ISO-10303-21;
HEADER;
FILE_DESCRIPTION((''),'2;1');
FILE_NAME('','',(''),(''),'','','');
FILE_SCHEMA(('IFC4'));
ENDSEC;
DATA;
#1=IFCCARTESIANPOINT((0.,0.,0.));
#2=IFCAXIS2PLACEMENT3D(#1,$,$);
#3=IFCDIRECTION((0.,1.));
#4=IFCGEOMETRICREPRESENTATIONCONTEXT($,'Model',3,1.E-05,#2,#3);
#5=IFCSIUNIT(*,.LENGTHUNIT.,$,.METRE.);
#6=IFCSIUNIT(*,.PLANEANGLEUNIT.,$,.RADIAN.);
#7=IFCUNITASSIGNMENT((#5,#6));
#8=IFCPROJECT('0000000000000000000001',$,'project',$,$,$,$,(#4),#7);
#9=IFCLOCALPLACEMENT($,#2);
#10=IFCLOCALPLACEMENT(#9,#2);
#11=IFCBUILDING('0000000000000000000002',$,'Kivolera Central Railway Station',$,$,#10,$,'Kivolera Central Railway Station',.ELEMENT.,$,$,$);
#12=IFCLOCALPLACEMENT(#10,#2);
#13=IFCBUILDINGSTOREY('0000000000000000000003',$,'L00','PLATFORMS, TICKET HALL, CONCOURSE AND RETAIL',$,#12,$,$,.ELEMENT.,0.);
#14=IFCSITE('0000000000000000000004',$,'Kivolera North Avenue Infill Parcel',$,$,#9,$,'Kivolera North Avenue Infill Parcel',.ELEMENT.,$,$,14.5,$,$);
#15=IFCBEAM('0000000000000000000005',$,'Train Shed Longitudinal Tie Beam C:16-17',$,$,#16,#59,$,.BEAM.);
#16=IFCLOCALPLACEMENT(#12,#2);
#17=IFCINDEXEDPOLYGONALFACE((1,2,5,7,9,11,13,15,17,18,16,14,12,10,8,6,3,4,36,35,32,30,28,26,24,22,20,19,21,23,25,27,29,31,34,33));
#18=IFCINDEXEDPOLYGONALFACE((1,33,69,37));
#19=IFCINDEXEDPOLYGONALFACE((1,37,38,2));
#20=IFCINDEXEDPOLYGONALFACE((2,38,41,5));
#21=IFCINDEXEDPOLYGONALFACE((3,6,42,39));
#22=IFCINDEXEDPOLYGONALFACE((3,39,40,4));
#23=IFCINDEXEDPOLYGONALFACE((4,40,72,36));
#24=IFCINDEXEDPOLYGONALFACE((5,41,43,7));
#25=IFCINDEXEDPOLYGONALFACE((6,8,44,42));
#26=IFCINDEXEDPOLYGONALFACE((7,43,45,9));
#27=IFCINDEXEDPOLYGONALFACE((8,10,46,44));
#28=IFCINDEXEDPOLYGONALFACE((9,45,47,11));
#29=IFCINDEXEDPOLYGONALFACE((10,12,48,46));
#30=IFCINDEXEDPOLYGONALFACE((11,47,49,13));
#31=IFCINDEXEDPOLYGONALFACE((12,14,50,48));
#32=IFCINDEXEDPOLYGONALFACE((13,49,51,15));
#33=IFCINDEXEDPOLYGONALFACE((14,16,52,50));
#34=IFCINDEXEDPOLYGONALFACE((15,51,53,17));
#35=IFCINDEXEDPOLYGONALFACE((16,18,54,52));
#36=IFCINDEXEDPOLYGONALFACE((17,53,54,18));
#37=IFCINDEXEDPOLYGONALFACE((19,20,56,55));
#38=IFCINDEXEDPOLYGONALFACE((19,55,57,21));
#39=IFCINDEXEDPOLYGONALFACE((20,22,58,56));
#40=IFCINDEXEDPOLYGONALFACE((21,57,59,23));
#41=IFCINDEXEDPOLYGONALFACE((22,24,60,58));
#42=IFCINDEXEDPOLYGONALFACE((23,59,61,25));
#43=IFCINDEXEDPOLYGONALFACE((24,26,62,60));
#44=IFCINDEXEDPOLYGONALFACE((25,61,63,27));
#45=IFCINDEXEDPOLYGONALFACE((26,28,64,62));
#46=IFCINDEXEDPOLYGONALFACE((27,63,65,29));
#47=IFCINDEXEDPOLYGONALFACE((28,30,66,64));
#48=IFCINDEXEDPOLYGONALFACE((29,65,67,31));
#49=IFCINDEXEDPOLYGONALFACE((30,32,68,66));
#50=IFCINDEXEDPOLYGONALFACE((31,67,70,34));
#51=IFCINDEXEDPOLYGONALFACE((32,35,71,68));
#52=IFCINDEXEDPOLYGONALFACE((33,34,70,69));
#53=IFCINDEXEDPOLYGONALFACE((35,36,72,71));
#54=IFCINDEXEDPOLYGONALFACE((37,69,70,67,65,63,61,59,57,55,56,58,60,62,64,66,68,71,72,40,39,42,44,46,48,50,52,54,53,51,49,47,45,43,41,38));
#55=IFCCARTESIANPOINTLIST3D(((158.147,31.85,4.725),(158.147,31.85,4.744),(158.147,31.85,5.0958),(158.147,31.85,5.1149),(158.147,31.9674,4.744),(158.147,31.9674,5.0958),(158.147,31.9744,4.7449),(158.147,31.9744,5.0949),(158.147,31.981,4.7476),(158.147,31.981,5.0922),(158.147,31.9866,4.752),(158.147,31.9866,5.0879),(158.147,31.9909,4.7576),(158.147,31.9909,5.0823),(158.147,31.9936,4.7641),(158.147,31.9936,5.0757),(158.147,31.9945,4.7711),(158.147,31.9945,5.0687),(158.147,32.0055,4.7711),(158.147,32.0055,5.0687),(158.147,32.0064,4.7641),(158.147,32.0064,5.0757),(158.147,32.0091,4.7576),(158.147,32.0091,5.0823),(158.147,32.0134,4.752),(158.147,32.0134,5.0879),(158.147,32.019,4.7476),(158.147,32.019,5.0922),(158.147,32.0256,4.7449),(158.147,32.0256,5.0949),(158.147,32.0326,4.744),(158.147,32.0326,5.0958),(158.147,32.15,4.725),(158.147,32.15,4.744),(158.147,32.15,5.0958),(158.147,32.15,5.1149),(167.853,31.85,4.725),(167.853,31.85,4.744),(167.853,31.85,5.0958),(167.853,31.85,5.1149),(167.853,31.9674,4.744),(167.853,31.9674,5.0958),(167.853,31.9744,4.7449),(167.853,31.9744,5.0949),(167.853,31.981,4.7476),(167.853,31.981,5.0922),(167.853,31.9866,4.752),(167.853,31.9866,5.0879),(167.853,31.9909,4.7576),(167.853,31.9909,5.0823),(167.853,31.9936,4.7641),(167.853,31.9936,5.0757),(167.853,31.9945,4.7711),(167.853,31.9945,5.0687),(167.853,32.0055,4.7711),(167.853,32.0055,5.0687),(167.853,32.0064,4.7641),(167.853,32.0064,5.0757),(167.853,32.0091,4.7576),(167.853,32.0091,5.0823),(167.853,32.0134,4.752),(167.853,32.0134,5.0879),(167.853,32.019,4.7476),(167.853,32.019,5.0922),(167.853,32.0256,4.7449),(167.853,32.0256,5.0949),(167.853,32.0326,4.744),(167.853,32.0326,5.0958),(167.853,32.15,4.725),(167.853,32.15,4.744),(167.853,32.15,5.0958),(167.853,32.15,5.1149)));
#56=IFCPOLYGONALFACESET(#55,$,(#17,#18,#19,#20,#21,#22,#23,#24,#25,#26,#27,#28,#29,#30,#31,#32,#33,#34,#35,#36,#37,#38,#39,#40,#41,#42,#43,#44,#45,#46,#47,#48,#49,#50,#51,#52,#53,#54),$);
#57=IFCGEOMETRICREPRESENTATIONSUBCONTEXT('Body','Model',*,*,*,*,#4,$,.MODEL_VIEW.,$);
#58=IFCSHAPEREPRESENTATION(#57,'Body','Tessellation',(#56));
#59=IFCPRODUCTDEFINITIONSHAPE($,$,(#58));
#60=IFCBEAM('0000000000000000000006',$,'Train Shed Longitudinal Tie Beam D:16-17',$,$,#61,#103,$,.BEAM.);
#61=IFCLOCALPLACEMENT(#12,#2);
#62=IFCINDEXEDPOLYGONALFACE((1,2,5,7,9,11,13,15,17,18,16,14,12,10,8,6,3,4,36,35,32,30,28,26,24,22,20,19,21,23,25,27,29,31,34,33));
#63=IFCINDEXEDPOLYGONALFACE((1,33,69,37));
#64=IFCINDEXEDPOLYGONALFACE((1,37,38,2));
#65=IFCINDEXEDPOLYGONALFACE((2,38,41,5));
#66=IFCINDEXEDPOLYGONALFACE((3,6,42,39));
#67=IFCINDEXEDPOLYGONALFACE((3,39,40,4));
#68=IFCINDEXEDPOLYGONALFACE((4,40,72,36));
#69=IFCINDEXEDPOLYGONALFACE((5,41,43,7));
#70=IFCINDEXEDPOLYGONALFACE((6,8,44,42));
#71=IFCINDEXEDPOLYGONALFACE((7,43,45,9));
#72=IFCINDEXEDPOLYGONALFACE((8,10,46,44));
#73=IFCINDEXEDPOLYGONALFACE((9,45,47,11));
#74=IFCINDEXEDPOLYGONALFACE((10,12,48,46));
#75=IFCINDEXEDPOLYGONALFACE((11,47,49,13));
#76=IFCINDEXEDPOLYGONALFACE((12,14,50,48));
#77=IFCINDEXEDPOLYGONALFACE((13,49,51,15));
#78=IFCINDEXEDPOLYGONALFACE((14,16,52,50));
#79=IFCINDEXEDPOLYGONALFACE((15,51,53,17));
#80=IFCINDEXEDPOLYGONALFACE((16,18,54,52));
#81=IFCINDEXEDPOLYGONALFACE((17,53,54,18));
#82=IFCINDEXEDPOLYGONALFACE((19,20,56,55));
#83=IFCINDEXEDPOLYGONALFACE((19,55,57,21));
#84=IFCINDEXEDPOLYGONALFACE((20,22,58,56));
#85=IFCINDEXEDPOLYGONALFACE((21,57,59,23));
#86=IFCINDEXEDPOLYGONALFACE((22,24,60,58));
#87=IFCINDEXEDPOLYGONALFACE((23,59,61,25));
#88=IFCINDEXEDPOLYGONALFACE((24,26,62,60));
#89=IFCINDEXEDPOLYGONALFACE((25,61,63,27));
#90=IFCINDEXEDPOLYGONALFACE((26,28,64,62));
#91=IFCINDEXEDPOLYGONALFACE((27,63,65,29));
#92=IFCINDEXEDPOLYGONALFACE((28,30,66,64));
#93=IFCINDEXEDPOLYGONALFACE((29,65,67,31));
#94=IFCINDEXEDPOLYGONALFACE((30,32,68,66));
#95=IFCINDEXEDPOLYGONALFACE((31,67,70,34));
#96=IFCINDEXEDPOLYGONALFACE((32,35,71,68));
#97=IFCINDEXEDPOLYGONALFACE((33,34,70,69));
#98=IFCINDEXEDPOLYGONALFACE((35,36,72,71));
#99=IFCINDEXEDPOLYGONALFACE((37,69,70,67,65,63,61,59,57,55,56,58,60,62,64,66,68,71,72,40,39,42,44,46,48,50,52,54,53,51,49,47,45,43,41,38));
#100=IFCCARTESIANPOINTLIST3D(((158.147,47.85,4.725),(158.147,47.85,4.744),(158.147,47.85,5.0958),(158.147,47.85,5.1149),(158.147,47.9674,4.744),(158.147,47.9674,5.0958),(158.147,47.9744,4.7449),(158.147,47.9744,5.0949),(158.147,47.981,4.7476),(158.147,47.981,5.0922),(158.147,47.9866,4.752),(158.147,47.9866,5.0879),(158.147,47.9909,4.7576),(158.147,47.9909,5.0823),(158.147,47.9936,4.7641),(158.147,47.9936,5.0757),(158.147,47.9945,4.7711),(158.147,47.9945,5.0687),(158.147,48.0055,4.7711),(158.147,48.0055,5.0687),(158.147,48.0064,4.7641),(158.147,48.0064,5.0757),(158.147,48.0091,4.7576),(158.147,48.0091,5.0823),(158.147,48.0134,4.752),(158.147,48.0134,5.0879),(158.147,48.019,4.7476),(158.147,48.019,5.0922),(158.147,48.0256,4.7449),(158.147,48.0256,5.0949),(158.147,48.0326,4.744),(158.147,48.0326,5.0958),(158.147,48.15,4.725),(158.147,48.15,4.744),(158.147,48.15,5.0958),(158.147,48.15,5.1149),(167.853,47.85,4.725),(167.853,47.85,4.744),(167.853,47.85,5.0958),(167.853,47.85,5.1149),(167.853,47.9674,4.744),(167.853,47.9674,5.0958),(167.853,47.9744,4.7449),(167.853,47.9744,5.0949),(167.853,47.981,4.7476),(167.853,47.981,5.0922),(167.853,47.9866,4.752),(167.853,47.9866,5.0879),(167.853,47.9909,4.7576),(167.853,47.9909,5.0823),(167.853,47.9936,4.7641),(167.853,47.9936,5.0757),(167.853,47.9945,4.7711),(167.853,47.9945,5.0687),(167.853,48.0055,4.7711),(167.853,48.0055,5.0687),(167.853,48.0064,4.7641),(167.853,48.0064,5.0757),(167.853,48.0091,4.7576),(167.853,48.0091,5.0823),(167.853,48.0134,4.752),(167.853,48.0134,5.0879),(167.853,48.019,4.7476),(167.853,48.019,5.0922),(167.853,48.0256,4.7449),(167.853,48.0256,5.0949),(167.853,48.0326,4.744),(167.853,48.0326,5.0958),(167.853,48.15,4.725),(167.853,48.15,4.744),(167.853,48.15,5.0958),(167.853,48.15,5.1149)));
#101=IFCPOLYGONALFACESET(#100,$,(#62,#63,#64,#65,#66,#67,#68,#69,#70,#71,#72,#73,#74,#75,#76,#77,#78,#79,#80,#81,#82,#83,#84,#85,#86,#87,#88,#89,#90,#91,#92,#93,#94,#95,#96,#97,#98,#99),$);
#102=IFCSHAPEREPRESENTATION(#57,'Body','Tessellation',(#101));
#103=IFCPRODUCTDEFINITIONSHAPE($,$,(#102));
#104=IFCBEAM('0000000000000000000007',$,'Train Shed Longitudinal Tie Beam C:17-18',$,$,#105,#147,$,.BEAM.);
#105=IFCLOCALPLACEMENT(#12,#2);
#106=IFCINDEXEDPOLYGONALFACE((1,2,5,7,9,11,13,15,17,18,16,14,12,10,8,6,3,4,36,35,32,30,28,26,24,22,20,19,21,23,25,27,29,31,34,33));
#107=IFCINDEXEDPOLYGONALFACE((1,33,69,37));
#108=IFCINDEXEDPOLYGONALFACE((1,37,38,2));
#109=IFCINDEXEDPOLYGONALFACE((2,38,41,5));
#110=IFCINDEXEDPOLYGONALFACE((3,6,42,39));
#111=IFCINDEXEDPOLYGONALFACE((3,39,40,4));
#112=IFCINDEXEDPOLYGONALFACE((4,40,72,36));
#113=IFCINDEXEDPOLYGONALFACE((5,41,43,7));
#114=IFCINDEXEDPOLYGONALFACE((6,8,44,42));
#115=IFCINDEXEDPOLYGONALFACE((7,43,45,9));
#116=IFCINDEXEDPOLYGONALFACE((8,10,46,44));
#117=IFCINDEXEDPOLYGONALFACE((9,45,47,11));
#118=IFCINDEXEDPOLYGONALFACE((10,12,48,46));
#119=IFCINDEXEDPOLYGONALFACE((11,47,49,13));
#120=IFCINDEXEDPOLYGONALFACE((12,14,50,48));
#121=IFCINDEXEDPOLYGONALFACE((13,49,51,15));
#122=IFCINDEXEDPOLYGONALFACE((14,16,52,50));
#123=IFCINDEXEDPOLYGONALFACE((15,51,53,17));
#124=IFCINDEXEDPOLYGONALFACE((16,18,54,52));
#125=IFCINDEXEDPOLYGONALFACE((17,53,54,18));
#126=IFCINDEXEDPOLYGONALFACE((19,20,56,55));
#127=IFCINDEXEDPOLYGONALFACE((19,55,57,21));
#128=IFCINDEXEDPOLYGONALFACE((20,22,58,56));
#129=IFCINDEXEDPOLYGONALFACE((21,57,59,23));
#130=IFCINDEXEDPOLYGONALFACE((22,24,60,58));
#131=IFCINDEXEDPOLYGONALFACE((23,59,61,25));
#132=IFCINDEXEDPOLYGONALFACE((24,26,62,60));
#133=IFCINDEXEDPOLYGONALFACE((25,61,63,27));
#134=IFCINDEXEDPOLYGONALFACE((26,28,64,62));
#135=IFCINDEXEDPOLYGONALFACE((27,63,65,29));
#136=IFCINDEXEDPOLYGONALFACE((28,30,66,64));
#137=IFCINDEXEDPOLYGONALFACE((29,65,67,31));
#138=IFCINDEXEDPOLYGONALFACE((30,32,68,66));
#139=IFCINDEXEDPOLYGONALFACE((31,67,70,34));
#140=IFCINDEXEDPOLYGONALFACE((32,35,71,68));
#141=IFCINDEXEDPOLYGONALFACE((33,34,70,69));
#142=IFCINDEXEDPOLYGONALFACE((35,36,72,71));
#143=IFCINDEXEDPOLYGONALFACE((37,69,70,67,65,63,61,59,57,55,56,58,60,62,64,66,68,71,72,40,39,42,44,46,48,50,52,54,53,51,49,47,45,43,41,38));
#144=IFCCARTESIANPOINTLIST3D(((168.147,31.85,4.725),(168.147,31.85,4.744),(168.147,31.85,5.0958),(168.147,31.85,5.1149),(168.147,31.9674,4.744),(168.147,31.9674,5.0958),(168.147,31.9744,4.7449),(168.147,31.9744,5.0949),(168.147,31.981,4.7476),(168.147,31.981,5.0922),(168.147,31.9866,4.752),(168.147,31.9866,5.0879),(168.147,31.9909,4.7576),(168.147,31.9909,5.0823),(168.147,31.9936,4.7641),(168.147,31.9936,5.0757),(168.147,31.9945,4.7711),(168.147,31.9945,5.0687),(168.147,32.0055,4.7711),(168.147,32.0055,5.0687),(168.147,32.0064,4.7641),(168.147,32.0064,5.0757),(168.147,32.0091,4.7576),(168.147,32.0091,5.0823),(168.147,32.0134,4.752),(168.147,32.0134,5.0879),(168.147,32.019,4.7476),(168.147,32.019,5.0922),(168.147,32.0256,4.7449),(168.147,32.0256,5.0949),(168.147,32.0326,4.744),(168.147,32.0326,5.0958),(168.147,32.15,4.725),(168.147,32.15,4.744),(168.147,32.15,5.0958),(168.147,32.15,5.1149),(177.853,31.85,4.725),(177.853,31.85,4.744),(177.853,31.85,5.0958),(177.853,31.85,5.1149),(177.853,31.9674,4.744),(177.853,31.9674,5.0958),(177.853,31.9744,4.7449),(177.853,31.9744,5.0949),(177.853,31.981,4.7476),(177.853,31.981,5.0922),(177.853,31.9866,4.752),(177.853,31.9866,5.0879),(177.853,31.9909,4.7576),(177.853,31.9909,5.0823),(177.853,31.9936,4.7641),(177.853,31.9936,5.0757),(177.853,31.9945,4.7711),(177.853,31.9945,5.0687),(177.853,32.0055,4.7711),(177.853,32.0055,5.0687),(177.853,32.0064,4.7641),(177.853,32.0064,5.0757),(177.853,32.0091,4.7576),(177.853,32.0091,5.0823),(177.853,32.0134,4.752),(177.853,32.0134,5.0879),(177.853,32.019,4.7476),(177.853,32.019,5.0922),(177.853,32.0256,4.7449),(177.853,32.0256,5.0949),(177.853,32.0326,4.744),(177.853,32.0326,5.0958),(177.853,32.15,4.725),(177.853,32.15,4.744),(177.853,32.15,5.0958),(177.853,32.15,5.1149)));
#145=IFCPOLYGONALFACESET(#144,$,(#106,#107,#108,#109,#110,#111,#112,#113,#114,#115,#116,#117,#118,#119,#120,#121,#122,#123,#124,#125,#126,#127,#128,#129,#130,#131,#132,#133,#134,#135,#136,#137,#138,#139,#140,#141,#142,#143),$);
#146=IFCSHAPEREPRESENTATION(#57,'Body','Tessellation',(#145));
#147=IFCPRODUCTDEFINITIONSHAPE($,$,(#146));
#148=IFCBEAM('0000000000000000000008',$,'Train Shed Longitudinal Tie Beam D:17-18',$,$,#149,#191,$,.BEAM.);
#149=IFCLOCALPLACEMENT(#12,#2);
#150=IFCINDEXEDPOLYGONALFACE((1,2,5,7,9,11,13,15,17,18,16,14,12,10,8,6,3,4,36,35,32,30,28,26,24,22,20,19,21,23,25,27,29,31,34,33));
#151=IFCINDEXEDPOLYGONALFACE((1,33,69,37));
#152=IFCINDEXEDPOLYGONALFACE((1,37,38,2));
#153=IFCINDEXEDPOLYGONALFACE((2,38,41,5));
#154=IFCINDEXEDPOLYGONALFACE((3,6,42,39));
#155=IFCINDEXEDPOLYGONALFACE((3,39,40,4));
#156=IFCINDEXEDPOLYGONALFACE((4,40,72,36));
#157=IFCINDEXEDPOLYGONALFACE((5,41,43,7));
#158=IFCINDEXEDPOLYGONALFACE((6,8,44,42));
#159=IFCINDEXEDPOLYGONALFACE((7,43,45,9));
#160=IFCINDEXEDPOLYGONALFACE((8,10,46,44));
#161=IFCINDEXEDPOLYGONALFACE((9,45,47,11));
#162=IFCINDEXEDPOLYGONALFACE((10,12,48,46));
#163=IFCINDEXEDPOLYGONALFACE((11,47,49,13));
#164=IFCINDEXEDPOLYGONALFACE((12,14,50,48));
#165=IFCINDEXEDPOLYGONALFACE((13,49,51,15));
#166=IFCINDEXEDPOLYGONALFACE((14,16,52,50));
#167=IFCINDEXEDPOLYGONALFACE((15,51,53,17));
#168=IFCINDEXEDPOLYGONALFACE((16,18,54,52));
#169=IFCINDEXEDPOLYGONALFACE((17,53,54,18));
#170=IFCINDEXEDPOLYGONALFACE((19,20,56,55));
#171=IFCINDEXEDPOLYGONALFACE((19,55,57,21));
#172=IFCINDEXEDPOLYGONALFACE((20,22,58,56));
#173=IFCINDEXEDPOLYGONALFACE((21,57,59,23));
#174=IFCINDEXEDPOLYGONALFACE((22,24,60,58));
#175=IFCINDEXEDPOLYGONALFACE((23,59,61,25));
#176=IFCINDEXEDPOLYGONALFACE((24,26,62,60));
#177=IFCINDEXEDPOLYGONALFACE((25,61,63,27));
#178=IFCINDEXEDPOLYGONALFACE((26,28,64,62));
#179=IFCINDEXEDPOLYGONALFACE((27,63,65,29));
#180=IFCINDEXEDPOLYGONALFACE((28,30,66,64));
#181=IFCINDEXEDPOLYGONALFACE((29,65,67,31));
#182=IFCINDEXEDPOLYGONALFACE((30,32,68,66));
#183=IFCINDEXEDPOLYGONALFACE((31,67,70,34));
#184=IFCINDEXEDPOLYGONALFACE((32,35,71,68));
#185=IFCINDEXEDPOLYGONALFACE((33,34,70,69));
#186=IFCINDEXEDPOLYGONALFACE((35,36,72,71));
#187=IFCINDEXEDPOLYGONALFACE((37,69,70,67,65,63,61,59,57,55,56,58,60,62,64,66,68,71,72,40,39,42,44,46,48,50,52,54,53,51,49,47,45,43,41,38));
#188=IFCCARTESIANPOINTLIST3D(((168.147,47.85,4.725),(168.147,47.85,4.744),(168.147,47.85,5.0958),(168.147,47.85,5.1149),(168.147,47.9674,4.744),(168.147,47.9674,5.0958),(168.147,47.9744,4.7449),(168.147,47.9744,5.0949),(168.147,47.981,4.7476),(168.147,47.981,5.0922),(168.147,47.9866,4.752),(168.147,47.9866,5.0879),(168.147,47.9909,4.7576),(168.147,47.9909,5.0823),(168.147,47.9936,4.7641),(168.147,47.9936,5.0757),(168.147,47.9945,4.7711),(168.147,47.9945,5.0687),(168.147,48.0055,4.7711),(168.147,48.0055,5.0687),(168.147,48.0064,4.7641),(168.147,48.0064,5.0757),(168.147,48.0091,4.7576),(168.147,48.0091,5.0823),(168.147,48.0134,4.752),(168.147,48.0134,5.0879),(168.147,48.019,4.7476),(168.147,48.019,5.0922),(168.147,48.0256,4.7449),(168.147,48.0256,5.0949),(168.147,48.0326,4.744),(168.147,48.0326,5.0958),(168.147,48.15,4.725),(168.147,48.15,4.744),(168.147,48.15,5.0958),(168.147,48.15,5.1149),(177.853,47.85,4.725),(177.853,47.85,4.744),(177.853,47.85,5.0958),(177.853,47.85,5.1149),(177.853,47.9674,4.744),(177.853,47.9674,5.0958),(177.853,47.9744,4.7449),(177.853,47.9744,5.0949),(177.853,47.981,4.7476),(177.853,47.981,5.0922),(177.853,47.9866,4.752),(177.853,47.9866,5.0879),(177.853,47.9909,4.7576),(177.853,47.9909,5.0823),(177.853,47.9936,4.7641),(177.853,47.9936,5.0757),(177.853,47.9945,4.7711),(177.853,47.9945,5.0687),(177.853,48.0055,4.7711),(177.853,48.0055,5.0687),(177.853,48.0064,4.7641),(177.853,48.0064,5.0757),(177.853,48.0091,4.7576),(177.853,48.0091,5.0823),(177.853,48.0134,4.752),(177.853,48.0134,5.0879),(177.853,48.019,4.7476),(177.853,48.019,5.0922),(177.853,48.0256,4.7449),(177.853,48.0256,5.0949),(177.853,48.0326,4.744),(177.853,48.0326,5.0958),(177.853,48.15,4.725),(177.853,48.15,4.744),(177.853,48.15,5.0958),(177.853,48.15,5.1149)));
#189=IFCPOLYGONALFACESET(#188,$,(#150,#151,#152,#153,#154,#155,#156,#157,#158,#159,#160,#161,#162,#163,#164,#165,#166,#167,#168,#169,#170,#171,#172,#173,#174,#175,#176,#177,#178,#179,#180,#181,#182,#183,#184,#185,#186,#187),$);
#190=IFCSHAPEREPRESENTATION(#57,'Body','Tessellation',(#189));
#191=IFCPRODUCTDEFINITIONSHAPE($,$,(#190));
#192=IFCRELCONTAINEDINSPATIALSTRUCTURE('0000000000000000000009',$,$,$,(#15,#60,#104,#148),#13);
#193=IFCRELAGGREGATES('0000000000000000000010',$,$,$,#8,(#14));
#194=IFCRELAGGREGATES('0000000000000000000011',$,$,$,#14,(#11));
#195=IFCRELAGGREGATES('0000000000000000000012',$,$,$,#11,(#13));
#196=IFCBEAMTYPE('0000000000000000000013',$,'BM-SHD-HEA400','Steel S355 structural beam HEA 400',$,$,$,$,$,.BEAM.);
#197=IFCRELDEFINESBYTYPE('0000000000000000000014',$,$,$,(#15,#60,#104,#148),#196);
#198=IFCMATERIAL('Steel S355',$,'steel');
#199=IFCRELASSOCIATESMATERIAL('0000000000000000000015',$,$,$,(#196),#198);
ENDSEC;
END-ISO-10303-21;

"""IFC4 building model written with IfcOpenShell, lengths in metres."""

from ifc_helpers import new_model, si_unit, direction, frame, origin, origin_2d, place, context, subcontext, project, spatial, i_section, extrude, material, material_profile, profile_set, type_object, element, save


model = new_model("IFC4")

# Units and contexts
model_context = context("Model", 3, precision=1e-05, world=origin(), true_north=direction((0.0, 1.0)))
body_context = subcontext(model_context, "Body", "Model", "MODEL_VIEW")
ifc_project = project(units=[si_unit("LENGTHUNIT", "METRE"), si_unit("PLANEANGLEUNIT", "RADIAN")], contexts=[model_context])

# Site, building, storey
site_placement = place(None, origin())
site = spatial("IfcSite", under=ifc_project, at=site_placement, Name="Kivolera North Avenue Infill Parcel", LongName="Kivolera North Avenue Infill Parcel", CompositionType="ELEMENT", RefElevation=14.5)
building_placement = place(site_placement, origin())
building = spatial("IfcBuilding", under=site, at=building_placement, Name="Kivolera Central Railway Station", LongName="Kivolera Central Railway Station", CompositionType="ELEMENT")
storey_placement = place(building_placement, origin())
storey = spatial("IfcBuildingStorey", under=building, at=storey_placement, Name="L00", Description="PLATFORMS, TICKET HALL, CONCOURSE AND RETAIL", CompositionType="ELEMENT", Elevation=0.0)

# Shared definitions
ifc_material_1 = material(Name="Steel S355", Category="steel")

# Beams
ifc_material_profile_1 = material_profile(ifc_material_1, i_section(OverallWidth=0.3, OverallDepth=0.3899, WebThickness=0.011, FlangeThickness=0.019, FilletRadius=0.0271, at=origin_2d()), Name="HEA 400")
ifc_profile_set_1 = profile_set([ifc_material_profile_1], Name="Steel S355")
beam_type = type_object("IfcBeamType", Name="BM-SHD-HEA400", Description="Steel S355 structural beam HEA 400", PredefinedType="BEAM", material=ifc_profile_set_1)
for number, where, z_axis, x_axis, name in (
    (1, (158.147, 32.0, 4.9199), (1.0, 0.0, 0.0), (0.0, 1.0, 0.0), "Train Shed Longitudinal Tie Beam C:16-17"),
    (2, (158.147, 48.0, 4.9199), (1.0, 0.0, 0.0), (0.0, 1.0, 0.0), "Train Shed Longitudinal Tie Beam D:16-17"),
    (3, (168.147, 32.0, 4.9199), (1.0, 0.0, 0.0), (0.0, 1.0, 0.0), "Train Shed Longitudinal Tie Beam C:17-18"),
    (4, (168.147, 48.0, 4.9199), (1.0, 0.0, 0.0), (0.0, 1.0, 0.0), "Train Shed Longitudinal Tie Beam D:17-18"),
):
    element("IfcBeam", number, at=place(storey_placement, frame(where, z_axis=z_axis, x_axis=x_axis)), inside=storey, type_object=beam_type, Name=name, PredefinedType="BEAM", context=body_context, shape_type="SweptSolid", body=[
        extrude(i_section(OverallWidth=0.3, OverallDepth=0.3899, WebThickness=0.011, FlangeThickness=0.019, FilletRadius=0.0271, at=origin_2d()), origin(), (0.0, 0.0, 1.0), 9.7061),
    ])

save(model, "model.ifc")
